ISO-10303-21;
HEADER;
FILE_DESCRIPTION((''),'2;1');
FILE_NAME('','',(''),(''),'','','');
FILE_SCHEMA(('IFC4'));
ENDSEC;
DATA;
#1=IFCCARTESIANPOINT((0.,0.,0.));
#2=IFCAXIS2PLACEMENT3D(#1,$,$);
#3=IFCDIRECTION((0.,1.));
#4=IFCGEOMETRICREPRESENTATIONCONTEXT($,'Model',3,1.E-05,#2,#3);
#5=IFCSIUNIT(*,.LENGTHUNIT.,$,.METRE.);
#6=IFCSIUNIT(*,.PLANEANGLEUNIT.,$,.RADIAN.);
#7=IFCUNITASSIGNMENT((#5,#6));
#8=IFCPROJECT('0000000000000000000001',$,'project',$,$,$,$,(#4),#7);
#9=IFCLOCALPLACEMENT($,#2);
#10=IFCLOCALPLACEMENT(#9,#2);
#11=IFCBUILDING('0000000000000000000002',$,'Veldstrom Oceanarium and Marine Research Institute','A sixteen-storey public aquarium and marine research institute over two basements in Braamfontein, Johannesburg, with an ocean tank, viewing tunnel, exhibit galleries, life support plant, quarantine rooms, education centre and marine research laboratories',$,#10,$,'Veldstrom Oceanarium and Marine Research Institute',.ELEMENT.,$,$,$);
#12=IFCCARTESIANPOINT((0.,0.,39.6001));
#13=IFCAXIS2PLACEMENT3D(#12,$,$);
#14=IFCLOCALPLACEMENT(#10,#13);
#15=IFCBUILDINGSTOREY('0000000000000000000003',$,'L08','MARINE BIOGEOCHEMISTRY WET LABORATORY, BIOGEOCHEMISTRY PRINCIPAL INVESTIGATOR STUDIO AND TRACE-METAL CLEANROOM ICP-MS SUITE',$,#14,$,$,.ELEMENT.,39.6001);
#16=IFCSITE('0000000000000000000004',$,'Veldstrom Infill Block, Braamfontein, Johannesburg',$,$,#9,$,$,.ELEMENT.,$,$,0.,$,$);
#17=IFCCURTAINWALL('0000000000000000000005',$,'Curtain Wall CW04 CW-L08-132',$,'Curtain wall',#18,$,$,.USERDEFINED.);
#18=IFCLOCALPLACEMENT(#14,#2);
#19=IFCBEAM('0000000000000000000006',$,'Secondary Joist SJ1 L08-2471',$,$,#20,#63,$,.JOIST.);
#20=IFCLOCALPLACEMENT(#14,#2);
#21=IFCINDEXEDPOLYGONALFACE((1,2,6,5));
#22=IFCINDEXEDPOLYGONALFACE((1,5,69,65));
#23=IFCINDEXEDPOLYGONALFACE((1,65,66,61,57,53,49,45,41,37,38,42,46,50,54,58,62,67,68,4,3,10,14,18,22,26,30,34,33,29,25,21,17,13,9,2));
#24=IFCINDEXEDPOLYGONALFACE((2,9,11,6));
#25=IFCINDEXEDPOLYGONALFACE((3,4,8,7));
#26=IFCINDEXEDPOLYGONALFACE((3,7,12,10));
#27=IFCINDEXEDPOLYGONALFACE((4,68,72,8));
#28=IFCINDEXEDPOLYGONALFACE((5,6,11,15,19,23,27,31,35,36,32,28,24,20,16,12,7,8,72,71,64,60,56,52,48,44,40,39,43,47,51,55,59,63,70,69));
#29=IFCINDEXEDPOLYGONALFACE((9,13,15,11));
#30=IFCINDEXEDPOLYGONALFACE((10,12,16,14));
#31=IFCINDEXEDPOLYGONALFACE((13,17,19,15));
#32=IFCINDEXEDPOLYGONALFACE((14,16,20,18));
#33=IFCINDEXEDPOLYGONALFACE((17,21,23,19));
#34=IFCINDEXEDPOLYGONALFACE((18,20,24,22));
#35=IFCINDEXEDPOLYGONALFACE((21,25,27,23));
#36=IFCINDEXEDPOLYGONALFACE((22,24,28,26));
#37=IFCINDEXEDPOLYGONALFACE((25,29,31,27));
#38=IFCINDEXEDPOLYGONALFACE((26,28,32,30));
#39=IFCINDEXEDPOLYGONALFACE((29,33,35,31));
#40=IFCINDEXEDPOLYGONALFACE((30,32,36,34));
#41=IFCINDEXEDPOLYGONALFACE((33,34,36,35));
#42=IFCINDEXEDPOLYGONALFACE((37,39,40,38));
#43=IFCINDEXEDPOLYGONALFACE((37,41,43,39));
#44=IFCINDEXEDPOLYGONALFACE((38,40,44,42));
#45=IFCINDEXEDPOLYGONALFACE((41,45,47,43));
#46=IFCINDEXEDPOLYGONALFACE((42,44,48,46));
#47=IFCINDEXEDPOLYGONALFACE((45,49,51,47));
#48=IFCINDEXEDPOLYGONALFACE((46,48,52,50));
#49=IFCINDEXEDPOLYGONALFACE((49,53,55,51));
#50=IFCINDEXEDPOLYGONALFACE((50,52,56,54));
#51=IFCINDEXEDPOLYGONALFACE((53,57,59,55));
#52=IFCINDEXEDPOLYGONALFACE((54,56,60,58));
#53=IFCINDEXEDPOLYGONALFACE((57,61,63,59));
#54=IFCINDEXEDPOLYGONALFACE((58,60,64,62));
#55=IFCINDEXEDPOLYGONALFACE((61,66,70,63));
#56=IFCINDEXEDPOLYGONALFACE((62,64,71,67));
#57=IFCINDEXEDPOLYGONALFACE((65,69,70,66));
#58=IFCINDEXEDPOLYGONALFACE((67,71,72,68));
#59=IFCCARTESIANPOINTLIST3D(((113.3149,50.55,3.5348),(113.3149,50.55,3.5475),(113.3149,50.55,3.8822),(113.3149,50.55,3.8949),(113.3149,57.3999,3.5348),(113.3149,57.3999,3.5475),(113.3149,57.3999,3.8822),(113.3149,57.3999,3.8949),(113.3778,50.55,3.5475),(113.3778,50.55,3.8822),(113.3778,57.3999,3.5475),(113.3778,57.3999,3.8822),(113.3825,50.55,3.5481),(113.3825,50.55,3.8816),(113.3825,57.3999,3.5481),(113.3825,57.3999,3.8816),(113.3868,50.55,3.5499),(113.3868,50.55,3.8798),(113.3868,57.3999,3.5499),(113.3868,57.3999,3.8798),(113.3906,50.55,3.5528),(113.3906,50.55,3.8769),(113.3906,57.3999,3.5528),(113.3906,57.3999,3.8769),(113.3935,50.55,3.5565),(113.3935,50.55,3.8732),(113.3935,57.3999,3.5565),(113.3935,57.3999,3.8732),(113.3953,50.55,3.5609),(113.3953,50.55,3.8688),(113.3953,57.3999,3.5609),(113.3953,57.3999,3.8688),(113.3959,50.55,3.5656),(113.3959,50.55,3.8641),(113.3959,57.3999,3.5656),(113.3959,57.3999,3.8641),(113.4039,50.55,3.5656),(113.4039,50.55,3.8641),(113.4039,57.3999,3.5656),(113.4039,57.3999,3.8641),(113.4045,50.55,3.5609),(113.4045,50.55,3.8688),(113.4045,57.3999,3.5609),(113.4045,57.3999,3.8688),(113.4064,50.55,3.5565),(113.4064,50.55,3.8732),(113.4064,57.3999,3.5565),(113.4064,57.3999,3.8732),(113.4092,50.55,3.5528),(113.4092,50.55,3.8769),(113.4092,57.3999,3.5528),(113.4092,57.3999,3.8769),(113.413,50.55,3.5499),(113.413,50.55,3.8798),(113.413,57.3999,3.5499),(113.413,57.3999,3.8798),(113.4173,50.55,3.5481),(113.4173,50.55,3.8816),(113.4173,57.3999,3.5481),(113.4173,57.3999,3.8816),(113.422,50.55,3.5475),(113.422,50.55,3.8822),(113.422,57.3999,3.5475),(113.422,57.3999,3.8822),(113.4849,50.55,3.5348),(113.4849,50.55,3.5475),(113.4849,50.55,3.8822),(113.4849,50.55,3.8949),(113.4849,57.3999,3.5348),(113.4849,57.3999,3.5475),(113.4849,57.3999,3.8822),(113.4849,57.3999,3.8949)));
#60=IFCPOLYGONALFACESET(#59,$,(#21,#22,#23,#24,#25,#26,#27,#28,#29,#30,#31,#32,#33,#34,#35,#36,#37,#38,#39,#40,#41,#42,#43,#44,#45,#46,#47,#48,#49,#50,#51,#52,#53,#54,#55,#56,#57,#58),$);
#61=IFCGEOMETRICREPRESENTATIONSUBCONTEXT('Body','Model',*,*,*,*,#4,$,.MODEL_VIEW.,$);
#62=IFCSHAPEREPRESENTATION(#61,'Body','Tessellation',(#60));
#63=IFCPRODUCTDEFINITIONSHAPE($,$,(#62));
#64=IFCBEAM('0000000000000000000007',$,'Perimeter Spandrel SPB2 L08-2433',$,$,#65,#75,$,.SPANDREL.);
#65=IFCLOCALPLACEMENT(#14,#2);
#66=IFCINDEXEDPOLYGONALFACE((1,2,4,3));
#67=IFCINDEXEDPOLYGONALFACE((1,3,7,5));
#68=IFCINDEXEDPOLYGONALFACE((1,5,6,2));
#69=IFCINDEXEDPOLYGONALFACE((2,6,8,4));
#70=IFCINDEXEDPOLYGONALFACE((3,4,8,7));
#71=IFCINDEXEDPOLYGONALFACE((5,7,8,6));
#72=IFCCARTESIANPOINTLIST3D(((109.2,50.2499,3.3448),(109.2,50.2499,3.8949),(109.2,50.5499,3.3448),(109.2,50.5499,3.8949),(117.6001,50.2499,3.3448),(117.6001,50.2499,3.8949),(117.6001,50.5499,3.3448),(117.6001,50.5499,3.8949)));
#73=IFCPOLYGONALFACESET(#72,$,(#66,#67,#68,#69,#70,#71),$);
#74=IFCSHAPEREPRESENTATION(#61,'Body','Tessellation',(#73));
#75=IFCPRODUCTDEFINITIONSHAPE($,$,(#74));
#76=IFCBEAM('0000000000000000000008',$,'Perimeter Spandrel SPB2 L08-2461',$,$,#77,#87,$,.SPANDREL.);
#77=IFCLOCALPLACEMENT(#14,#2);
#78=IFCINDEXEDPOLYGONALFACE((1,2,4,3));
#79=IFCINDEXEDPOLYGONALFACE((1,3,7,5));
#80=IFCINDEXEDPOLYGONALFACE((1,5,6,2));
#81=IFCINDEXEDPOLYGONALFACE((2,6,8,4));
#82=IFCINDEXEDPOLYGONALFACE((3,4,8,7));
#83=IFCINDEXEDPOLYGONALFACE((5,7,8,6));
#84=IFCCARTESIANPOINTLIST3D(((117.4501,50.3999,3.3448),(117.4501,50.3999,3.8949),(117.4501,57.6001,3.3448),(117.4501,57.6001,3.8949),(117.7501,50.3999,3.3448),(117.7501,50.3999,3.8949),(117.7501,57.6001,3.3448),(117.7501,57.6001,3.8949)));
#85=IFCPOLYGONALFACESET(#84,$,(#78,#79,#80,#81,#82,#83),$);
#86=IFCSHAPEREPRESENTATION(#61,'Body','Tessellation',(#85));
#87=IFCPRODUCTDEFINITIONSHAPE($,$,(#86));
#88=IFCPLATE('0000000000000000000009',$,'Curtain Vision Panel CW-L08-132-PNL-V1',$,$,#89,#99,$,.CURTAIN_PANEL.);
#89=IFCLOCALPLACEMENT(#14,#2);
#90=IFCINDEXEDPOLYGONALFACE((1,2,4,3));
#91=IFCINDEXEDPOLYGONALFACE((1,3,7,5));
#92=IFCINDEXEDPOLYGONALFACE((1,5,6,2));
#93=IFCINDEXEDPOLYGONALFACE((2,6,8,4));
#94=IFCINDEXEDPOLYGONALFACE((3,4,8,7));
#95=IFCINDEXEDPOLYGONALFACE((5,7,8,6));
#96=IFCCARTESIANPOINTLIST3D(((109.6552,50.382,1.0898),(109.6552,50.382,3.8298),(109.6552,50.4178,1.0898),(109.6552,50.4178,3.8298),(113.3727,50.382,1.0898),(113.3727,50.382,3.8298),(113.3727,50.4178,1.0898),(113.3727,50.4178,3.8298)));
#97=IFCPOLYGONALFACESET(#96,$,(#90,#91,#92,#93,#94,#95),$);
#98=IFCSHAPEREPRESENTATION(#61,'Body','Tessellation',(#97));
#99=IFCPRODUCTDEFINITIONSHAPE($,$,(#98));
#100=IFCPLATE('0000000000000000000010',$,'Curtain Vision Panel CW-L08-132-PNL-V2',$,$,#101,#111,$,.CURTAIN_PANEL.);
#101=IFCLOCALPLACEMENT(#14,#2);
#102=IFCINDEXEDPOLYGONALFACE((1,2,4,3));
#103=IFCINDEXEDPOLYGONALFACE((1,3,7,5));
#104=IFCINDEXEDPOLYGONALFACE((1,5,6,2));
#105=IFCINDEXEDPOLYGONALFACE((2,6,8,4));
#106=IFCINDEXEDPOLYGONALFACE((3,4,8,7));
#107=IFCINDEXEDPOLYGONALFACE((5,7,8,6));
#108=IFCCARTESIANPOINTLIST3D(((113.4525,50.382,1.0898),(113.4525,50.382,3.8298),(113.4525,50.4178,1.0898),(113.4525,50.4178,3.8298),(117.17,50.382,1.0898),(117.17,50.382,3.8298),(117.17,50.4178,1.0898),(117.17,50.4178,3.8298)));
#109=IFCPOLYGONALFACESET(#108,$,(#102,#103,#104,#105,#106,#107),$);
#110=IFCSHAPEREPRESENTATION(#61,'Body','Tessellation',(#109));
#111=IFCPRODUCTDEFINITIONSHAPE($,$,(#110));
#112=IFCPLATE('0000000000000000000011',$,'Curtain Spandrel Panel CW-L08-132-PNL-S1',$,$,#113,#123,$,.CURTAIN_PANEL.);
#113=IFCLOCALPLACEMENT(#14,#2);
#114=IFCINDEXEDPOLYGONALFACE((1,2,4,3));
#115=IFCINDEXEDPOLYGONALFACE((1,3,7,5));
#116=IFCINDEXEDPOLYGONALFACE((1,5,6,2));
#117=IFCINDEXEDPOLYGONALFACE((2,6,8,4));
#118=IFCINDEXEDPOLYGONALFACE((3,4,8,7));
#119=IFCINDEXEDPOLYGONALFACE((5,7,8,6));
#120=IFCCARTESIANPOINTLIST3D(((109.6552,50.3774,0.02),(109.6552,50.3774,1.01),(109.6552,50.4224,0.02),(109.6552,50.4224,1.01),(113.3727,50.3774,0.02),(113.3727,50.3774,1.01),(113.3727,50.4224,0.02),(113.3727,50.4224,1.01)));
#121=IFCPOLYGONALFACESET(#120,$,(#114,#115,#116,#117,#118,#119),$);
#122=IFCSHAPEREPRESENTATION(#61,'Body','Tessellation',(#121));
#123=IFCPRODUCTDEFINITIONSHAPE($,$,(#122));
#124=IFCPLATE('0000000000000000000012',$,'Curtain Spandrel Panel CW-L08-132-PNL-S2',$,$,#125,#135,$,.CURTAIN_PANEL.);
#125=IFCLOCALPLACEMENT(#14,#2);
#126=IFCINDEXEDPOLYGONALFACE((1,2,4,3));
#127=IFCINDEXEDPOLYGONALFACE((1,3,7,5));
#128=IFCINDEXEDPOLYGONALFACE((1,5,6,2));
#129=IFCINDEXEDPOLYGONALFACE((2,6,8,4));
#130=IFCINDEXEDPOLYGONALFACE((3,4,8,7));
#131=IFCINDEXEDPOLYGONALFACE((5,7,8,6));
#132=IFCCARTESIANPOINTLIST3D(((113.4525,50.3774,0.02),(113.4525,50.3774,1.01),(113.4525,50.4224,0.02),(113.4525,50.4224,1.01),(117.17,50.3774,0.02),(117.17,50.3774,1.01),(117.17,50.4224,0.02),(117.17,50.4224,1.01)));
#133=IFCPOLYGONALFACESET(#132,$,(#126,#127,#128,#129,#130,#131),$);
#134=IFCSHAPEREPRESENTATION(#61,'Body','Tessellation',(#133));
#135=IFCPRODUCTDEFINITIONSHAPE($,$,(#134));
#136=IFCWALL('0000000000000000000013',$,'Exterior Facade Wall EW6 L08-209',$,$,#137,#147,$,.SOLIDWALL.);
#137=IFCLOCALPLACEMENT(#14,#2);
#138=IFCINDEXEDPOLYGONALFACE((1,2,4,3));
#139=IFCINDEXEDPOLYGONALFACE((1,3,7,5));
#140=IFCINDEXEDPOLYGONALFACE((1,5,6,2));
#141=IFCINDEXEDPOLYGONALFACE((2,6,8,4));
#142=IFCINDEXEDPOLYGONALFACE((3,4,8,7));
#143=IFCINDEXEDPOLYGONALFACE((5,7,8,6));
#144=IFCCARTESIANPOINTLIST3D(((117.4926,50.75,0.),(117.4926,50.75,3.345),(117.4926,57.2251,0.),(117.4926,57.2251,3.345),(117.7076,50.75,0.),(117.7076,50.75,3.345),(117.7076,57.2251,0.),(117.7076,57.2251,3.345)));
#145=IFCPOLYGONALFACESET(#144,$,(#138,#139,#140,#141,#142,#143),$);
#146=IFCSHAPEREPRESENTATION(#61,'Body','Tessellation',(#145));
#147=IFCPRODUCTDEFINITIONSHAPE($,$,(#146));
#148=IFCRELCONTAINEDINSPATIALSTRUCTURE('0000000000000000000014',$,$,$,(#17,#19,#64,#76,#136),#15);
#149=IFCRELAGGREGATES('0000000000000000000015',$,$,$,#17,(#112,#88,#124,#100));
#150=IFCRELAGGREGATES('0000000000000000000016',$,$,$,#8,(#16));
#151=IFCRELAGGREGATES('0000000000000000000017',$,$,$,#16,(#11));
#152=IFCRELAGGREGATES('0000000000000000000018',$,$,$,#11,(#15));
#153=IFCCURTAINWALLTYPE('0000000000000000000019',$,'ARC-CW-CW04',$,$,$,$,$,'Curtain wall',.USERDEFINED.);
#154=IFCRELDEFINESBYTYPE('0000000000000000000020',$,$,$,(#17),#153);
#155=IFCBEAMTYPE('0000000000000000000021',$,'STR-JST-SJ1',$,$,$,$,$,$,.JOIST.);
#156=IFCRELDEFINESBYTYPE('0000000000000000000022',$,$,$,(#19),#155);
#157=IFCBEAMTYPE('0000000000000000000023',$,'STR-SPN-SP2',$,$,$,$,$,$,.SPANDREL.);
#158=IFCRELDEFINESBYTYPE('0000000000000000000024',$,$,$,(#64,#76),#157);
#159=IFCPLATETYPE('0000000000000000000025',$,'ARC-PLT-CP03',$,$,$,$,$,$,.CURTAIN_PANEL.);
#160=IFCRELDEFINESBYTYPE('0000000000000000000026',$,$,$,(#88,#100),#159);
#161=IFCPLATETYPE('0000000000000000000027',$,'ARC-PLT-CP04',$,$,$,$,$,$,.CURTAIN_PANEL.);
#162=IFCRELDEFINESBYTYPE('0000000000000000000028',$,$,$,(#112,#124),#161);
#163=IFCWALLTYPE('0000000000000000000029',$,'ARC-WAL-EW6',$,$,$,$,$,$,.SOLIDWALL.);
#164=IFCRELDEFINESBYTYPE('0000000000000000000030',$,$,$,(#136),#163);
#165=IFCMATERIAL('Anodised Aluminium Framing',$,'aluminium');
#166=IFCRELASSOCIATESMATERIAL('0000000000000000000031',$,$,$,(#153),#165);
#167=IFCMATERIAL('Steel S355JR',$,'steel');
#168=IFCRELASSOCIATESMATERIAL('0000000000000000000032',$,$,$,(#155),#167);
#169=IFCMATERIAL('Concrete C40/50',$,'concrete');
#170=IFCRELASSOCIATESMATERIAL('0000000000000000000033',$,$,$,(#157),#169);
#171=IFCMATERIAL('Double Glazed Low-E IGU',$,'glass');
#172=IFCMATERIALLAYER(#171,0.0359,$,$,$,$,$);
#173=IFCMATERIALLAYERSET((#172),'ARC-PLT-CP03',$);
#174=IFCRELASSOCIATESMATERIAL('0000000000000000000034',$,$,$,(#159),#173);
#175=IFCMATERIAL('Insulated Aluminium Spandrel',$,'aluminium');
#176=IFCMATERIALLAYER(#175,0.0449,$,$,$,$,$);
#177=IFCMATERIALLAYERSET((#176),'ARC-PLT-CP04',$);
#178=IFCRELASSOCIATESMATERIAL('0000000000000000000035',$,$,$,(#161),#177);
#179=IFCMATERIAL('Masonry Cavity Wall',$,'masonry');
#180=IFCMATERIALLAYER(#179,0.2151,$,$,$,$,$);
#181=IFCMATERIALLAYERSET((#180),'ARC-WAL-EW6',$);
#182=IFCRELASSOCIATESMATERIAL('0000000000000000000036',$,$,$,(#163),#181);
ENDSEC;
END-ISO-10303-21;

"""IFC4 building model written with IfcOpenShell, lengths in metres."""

from ifc_helpers import new_model, si_unit, direction, frame, frame_2d, origin, origin_2d, place, context, subcontext, project, spatial, rectangle, i_section, extrude, material, layer, layer_set, material_profile, profile_set, type_object, element, aggregate, save


model = new_model("IFC4")

# Units and contexts
model_context = context("Model", 3, precision=1e-05, world=origin(), true_north=direction((0.0, 1.0)))
body_context = subcontext(model_context, "Body", "Model", "MODEL_VIEW")
ifc_project = project(units=[si_unit("LENGTHUNIT", "METRE"), si_unit("PLANEANGLEUNIT", "RADIAN")], contexts=[model_context])

# Site, building, storey
site_placement = place(None, origin())
site = spatial("IfcSite", under=ifc_project, at=site_placement, Name="Veldstrom Infill Block, Braamfontein, Johannesburg", CompositionType="ELEMENT", RefElevation=0.0)
building_placement = place(site_placement, origin())
building = spatial("IfcBuilding", under=site, at=building_placement, Name="Veldstrom Oceanarium and Marine Research Institute", Description="A sixteen-storey public aquarium and marine research institute over two basements in Braamfontein, Johannesburg, with an ocean tank, viewing tunnel, exhibit galleries, life support plant, quarantine rooms, education centre and marine research laboratories", LongName="Veldstrom Oceanarium and Marine Research Institute", CompositionType="ELEMENT")
storey_placement = place(building_placement, frame((0.0, 0.0, 39.6001)))
storey = spatial("IfcBuildingStorey", under=building, at=storey_placement, Name="L08", Description="MARINE BIOGEOCHEMISTRY WET LABORATORY, BIOGEOCHEMISTRY PRINCIPAL INVESTIGATOR STUDIO AND TRACE-METAL CLEANROOM ICP-MS SUITE", CompositionType="ELEMENT", Elevation=39.6001)

# Curtain wall
ifc_material_1 = material(Name="Anodised Aluminium Framing", Category="aluminium")
curtain_wall_type = type_object("IfcCurtainWallType", Name="ARC-CW-CW04", ElementType="Curtain wall", PredefinedType="USERDEFINED", material=ifc_material_1)
curtain_wall_placement = place(storey_placement, origin())
curtain_wall = element("IfcCurtainWall", 1, at=curtain_wall_placement, inside=storey, type_object=curtain_wall_type, Name="Curtain Wall CW04 CW-L08-132", ObjectType="Curtain wall", PredefinedType="USERDEFINED")

# Beams
ifc_material_2 = material(Name="Steel S355JR", Category="steel")
ifc_material_profile_1 = material_profile(ifc_material_2, i_section(OverallWidth=0.1699, OverallDepth=0.3601, WebThickness=0.0081, FlangeThickness=0.0127, FilletRadius=0.0181, at=origin_2d()), Name="IPE 360")
ifc_profile_set_1 = profile_set([ifc_material_profile_1], Name="Steel S355JR")
beam_type_1 = type_object("IfcBeamType", Name="STR-JST-SJ1", PredefinedType="JOIST", material=ifc_profile_set_1)
beam_1_placement = place(storey_placement, frame((113.3999, 50.55, 3.7148), z_axis=(0.0, 1.0, 0.0), x_axis=(-1.0, 0.0, 0.0)))
element("IfcBeam", 2, at=beam_1_placement, inside=storey, type_object=beam_type_1, Name="Secondary Joist SJ1 L08-2471", PredefinedType="JOIST", context=body_context, shape_type="SweptSolid", body=[
    extrude(i_section(OverallWidth=0.1699, OverallDepth=0.3601, WebThickness=0.0081, FlangeThickness=0.0127, FilletRadius=0.0181, at=origin_2d()), origin(), (0.0, 0.0, 1.0), 6.8499),
])
ifc_material_3 = material(Name="Concrete C40/50", Category="concrete")
ifc_material_profile_2 = material_profile(ifc_material_3, rectangle(XDim=0.3, YDim=0.55, at=origin_2d()), Name="RC-SPN-300x550")
ifc_profile_set_2 = profile_set([ifc_material_profile_2], Name="Concrete C40/50")
beam_type_2 = type_object("IfcBeamType", Name="STR-SPN-SP2", PredefinedType="SPANDREL", material=ifc_profile_set_2)
beam_2_placement = place(storey_placement, frame((109.2, 50.3999, 3.6199), z_axis=(1.0, 0.0, 0.0), x_axis=(0.0, 1.0, 0.0)))
element("IfcBeam", 3, at=beam_2_placement, inside=storey, type_object=beam_type_2, Name="Perimeter Spandrel SPB2 L08-2433", PredefinedType="SPANDREL", context=body_context, shape_type="SweptSolid", body=[
    extrude(rectangle(XDim=0.3, YDim=0.55, at=origin_2d()), origin(), (0.0, 0.0, 1.0), 8.4001),
])
beam_3_placement = place(storey_placement, frame((117.6001, 50.3999, 3.6199), z_axis=(0.0, 1.0, 0.0), x_axis=(-1.0, 0.0, 0.0)))
element("IfcBeam", 4, at=beam_3_placement, inside=storey, type_object=beam_type_2, Name="Perimeter Spandrel SPB2 L08-2461", PredefinedType="SPANDREL", context=body_context, shape_type="SweptSolid", body=[
    extrude(rectangle(XDim=0.3, YDim=0.55, at=origin_2d()), origin(), (0.0, 0.0, 1.0), 7.2002),
])

# Plates
ifc_material_4 = material(Name="Double Glazed Low-E IGU", Category="glass")
ifc_layer_1 = layer(ifc_material_4, 0.0359)
ifc_layer_set_1 = layer_set([ifc_layer_1], Name="ARC-PLT-CP03")
plate_type_1 = type_object("IfcPlateType", Name="ARC-PLT-CP03", PredefinedType="CURTAIN_PANEL", material=ifc_layer_set_1)
plate_1_placement = place(storey_placement, frame((111.5139, 50.3999, 1.0898), z_axis=(0.0, 0.0, 1.0), x_axis=(1.0, 0.0, 0.0)))
plate_1 = element("IfcPlate", 5, at=plate_1_placement, type_object=plate_type_1, Name="Curtain Vision Panel CW-L08-132-PNL-V1", PredefinedType="CURTAIN_PANEL", context=body_context, shape_type="SweptSolid", body=[
    extrude(rectangle(XDim=3.7175, YDim=0.0359, at=origin_2d()), origin(), (0.0, 0.0, 1.0), 2.74),
])
plate_2_placement = place(storey_placement, frame((115.3113, 50.3999, 1.0898), z_axis=(0.0, 0.0, 1.0), x_axis=(1.0, 0.0, 0.0)))
plate_2 = element("IfcPlate", 6, at=plate_2_placement, type_object=plate_type_1, Name="Curtain Vision Panel CW-L08-132-PNL-V2", PredefinedType="CURTAIN_PANEL", context=body_context, shape_type="SweptSolid", body=[
    extrude(rectangle(XDim=3.7175, YDim=0.0359, at=origin_2d()), origin(), (0.0, 0.0, 1.0), 2.74),
])
ifc_material_5 = material(Name="Insulated Aluminium Spandrel", Category="aluminium")
ifc_layer_2 = layer(ifc_material_5, 0.0449)
ifc_layer_set_2 = layer_set([ifc_layer_2], Name="ARC-PLT-CP04")
plate_type_2 = type_object("IfcPlateType", Name="ARC-PLT-CP04", PredefinedType="CURTAIN_PANEL", material=ifc_layer_set_2)
plate_3_placement = place(storey_placement, frame((111.5139, 50.3999, 0.02), z_axis=(0.0, 0.0, 1.0), x_axis=(1.0, 0.0, 0.0)))
plate_3 = element("IfcPlate", 7, at=plate_3_placement, type_object=plate_type_2, Name="Curtain Spandrel Panel CW-L08-132-PNL-S1", PredefinedType="CURTAIN_PANEL", context=body_context, shape_type="SweptSolid", body=[
    extrude(rectangle(XDim=3.7175, YDim=0.0449, at=origin_2d()), origin(), (0.0, 0.0, 1.0), 0.99),
])
plate_4_placement = place(storey_placement, frame((115.3113, 50.3999, 0.02), z_axis=(0.0, 0.0, 1.0), x_axis=(1.0, 0.0, 0.0)))
plate_4 = element("IfcPlate", 8, at=plate_4_placement, type_object=plate_type_2, Name="Curtain Spandrel Panel CW-L08-132-PNL-S2", PredefinedType="CURTAIN_PANEL", context=body_context, shape_type="SweptSolid", body=[
    extrude(rectangle(XDim=3.7175, YDim=0.0449, at=origin_2d()), origin(), (0.0, 0.0, 1.0), 0.99),
])
aggregate(curtain_wall, [plate_3, plate_1, plate_4, plate_2])

# Wall
ifc_material_6 = material(Name="Masonry Cavity Wall", Category="masonry")
ifc_layer_3 = layer(ifc_material_6, 0.2151)
ifc_layer_set_3 = layer_set([ifc_layer_3], Name="ARC-WAL-EW6")
wall_type_1 = type_object("IfcWallType", Name="ARC-WAL-EW6", PredefinedType="SOLIDWALL", material=ifc_layer_set_3)
wall_1_placement = place(storey_placement, frame((117.6001, 50.75, 0.0), z_axis=(0.0, 0.0, 1.0), x_axis=(0.0, 1.0, 0.0)))
element("IfcWall", 9, at=wall_1_placement, inside=storey, type_object=wall_type_1, Name="Exterior Facade Wall EW6 L08-209", PredefinedType="SOLIDWALL", context=body_context, shape_type="SweptSolid", body=[
    extrude(rectangle(XDim=6.4751, YDim=0.2151, at=frame_2d((3.2375, 0.0))), origin(), (0.0, 0.0, 1.0), 3.345),
])

save(model, "model.ifc")
